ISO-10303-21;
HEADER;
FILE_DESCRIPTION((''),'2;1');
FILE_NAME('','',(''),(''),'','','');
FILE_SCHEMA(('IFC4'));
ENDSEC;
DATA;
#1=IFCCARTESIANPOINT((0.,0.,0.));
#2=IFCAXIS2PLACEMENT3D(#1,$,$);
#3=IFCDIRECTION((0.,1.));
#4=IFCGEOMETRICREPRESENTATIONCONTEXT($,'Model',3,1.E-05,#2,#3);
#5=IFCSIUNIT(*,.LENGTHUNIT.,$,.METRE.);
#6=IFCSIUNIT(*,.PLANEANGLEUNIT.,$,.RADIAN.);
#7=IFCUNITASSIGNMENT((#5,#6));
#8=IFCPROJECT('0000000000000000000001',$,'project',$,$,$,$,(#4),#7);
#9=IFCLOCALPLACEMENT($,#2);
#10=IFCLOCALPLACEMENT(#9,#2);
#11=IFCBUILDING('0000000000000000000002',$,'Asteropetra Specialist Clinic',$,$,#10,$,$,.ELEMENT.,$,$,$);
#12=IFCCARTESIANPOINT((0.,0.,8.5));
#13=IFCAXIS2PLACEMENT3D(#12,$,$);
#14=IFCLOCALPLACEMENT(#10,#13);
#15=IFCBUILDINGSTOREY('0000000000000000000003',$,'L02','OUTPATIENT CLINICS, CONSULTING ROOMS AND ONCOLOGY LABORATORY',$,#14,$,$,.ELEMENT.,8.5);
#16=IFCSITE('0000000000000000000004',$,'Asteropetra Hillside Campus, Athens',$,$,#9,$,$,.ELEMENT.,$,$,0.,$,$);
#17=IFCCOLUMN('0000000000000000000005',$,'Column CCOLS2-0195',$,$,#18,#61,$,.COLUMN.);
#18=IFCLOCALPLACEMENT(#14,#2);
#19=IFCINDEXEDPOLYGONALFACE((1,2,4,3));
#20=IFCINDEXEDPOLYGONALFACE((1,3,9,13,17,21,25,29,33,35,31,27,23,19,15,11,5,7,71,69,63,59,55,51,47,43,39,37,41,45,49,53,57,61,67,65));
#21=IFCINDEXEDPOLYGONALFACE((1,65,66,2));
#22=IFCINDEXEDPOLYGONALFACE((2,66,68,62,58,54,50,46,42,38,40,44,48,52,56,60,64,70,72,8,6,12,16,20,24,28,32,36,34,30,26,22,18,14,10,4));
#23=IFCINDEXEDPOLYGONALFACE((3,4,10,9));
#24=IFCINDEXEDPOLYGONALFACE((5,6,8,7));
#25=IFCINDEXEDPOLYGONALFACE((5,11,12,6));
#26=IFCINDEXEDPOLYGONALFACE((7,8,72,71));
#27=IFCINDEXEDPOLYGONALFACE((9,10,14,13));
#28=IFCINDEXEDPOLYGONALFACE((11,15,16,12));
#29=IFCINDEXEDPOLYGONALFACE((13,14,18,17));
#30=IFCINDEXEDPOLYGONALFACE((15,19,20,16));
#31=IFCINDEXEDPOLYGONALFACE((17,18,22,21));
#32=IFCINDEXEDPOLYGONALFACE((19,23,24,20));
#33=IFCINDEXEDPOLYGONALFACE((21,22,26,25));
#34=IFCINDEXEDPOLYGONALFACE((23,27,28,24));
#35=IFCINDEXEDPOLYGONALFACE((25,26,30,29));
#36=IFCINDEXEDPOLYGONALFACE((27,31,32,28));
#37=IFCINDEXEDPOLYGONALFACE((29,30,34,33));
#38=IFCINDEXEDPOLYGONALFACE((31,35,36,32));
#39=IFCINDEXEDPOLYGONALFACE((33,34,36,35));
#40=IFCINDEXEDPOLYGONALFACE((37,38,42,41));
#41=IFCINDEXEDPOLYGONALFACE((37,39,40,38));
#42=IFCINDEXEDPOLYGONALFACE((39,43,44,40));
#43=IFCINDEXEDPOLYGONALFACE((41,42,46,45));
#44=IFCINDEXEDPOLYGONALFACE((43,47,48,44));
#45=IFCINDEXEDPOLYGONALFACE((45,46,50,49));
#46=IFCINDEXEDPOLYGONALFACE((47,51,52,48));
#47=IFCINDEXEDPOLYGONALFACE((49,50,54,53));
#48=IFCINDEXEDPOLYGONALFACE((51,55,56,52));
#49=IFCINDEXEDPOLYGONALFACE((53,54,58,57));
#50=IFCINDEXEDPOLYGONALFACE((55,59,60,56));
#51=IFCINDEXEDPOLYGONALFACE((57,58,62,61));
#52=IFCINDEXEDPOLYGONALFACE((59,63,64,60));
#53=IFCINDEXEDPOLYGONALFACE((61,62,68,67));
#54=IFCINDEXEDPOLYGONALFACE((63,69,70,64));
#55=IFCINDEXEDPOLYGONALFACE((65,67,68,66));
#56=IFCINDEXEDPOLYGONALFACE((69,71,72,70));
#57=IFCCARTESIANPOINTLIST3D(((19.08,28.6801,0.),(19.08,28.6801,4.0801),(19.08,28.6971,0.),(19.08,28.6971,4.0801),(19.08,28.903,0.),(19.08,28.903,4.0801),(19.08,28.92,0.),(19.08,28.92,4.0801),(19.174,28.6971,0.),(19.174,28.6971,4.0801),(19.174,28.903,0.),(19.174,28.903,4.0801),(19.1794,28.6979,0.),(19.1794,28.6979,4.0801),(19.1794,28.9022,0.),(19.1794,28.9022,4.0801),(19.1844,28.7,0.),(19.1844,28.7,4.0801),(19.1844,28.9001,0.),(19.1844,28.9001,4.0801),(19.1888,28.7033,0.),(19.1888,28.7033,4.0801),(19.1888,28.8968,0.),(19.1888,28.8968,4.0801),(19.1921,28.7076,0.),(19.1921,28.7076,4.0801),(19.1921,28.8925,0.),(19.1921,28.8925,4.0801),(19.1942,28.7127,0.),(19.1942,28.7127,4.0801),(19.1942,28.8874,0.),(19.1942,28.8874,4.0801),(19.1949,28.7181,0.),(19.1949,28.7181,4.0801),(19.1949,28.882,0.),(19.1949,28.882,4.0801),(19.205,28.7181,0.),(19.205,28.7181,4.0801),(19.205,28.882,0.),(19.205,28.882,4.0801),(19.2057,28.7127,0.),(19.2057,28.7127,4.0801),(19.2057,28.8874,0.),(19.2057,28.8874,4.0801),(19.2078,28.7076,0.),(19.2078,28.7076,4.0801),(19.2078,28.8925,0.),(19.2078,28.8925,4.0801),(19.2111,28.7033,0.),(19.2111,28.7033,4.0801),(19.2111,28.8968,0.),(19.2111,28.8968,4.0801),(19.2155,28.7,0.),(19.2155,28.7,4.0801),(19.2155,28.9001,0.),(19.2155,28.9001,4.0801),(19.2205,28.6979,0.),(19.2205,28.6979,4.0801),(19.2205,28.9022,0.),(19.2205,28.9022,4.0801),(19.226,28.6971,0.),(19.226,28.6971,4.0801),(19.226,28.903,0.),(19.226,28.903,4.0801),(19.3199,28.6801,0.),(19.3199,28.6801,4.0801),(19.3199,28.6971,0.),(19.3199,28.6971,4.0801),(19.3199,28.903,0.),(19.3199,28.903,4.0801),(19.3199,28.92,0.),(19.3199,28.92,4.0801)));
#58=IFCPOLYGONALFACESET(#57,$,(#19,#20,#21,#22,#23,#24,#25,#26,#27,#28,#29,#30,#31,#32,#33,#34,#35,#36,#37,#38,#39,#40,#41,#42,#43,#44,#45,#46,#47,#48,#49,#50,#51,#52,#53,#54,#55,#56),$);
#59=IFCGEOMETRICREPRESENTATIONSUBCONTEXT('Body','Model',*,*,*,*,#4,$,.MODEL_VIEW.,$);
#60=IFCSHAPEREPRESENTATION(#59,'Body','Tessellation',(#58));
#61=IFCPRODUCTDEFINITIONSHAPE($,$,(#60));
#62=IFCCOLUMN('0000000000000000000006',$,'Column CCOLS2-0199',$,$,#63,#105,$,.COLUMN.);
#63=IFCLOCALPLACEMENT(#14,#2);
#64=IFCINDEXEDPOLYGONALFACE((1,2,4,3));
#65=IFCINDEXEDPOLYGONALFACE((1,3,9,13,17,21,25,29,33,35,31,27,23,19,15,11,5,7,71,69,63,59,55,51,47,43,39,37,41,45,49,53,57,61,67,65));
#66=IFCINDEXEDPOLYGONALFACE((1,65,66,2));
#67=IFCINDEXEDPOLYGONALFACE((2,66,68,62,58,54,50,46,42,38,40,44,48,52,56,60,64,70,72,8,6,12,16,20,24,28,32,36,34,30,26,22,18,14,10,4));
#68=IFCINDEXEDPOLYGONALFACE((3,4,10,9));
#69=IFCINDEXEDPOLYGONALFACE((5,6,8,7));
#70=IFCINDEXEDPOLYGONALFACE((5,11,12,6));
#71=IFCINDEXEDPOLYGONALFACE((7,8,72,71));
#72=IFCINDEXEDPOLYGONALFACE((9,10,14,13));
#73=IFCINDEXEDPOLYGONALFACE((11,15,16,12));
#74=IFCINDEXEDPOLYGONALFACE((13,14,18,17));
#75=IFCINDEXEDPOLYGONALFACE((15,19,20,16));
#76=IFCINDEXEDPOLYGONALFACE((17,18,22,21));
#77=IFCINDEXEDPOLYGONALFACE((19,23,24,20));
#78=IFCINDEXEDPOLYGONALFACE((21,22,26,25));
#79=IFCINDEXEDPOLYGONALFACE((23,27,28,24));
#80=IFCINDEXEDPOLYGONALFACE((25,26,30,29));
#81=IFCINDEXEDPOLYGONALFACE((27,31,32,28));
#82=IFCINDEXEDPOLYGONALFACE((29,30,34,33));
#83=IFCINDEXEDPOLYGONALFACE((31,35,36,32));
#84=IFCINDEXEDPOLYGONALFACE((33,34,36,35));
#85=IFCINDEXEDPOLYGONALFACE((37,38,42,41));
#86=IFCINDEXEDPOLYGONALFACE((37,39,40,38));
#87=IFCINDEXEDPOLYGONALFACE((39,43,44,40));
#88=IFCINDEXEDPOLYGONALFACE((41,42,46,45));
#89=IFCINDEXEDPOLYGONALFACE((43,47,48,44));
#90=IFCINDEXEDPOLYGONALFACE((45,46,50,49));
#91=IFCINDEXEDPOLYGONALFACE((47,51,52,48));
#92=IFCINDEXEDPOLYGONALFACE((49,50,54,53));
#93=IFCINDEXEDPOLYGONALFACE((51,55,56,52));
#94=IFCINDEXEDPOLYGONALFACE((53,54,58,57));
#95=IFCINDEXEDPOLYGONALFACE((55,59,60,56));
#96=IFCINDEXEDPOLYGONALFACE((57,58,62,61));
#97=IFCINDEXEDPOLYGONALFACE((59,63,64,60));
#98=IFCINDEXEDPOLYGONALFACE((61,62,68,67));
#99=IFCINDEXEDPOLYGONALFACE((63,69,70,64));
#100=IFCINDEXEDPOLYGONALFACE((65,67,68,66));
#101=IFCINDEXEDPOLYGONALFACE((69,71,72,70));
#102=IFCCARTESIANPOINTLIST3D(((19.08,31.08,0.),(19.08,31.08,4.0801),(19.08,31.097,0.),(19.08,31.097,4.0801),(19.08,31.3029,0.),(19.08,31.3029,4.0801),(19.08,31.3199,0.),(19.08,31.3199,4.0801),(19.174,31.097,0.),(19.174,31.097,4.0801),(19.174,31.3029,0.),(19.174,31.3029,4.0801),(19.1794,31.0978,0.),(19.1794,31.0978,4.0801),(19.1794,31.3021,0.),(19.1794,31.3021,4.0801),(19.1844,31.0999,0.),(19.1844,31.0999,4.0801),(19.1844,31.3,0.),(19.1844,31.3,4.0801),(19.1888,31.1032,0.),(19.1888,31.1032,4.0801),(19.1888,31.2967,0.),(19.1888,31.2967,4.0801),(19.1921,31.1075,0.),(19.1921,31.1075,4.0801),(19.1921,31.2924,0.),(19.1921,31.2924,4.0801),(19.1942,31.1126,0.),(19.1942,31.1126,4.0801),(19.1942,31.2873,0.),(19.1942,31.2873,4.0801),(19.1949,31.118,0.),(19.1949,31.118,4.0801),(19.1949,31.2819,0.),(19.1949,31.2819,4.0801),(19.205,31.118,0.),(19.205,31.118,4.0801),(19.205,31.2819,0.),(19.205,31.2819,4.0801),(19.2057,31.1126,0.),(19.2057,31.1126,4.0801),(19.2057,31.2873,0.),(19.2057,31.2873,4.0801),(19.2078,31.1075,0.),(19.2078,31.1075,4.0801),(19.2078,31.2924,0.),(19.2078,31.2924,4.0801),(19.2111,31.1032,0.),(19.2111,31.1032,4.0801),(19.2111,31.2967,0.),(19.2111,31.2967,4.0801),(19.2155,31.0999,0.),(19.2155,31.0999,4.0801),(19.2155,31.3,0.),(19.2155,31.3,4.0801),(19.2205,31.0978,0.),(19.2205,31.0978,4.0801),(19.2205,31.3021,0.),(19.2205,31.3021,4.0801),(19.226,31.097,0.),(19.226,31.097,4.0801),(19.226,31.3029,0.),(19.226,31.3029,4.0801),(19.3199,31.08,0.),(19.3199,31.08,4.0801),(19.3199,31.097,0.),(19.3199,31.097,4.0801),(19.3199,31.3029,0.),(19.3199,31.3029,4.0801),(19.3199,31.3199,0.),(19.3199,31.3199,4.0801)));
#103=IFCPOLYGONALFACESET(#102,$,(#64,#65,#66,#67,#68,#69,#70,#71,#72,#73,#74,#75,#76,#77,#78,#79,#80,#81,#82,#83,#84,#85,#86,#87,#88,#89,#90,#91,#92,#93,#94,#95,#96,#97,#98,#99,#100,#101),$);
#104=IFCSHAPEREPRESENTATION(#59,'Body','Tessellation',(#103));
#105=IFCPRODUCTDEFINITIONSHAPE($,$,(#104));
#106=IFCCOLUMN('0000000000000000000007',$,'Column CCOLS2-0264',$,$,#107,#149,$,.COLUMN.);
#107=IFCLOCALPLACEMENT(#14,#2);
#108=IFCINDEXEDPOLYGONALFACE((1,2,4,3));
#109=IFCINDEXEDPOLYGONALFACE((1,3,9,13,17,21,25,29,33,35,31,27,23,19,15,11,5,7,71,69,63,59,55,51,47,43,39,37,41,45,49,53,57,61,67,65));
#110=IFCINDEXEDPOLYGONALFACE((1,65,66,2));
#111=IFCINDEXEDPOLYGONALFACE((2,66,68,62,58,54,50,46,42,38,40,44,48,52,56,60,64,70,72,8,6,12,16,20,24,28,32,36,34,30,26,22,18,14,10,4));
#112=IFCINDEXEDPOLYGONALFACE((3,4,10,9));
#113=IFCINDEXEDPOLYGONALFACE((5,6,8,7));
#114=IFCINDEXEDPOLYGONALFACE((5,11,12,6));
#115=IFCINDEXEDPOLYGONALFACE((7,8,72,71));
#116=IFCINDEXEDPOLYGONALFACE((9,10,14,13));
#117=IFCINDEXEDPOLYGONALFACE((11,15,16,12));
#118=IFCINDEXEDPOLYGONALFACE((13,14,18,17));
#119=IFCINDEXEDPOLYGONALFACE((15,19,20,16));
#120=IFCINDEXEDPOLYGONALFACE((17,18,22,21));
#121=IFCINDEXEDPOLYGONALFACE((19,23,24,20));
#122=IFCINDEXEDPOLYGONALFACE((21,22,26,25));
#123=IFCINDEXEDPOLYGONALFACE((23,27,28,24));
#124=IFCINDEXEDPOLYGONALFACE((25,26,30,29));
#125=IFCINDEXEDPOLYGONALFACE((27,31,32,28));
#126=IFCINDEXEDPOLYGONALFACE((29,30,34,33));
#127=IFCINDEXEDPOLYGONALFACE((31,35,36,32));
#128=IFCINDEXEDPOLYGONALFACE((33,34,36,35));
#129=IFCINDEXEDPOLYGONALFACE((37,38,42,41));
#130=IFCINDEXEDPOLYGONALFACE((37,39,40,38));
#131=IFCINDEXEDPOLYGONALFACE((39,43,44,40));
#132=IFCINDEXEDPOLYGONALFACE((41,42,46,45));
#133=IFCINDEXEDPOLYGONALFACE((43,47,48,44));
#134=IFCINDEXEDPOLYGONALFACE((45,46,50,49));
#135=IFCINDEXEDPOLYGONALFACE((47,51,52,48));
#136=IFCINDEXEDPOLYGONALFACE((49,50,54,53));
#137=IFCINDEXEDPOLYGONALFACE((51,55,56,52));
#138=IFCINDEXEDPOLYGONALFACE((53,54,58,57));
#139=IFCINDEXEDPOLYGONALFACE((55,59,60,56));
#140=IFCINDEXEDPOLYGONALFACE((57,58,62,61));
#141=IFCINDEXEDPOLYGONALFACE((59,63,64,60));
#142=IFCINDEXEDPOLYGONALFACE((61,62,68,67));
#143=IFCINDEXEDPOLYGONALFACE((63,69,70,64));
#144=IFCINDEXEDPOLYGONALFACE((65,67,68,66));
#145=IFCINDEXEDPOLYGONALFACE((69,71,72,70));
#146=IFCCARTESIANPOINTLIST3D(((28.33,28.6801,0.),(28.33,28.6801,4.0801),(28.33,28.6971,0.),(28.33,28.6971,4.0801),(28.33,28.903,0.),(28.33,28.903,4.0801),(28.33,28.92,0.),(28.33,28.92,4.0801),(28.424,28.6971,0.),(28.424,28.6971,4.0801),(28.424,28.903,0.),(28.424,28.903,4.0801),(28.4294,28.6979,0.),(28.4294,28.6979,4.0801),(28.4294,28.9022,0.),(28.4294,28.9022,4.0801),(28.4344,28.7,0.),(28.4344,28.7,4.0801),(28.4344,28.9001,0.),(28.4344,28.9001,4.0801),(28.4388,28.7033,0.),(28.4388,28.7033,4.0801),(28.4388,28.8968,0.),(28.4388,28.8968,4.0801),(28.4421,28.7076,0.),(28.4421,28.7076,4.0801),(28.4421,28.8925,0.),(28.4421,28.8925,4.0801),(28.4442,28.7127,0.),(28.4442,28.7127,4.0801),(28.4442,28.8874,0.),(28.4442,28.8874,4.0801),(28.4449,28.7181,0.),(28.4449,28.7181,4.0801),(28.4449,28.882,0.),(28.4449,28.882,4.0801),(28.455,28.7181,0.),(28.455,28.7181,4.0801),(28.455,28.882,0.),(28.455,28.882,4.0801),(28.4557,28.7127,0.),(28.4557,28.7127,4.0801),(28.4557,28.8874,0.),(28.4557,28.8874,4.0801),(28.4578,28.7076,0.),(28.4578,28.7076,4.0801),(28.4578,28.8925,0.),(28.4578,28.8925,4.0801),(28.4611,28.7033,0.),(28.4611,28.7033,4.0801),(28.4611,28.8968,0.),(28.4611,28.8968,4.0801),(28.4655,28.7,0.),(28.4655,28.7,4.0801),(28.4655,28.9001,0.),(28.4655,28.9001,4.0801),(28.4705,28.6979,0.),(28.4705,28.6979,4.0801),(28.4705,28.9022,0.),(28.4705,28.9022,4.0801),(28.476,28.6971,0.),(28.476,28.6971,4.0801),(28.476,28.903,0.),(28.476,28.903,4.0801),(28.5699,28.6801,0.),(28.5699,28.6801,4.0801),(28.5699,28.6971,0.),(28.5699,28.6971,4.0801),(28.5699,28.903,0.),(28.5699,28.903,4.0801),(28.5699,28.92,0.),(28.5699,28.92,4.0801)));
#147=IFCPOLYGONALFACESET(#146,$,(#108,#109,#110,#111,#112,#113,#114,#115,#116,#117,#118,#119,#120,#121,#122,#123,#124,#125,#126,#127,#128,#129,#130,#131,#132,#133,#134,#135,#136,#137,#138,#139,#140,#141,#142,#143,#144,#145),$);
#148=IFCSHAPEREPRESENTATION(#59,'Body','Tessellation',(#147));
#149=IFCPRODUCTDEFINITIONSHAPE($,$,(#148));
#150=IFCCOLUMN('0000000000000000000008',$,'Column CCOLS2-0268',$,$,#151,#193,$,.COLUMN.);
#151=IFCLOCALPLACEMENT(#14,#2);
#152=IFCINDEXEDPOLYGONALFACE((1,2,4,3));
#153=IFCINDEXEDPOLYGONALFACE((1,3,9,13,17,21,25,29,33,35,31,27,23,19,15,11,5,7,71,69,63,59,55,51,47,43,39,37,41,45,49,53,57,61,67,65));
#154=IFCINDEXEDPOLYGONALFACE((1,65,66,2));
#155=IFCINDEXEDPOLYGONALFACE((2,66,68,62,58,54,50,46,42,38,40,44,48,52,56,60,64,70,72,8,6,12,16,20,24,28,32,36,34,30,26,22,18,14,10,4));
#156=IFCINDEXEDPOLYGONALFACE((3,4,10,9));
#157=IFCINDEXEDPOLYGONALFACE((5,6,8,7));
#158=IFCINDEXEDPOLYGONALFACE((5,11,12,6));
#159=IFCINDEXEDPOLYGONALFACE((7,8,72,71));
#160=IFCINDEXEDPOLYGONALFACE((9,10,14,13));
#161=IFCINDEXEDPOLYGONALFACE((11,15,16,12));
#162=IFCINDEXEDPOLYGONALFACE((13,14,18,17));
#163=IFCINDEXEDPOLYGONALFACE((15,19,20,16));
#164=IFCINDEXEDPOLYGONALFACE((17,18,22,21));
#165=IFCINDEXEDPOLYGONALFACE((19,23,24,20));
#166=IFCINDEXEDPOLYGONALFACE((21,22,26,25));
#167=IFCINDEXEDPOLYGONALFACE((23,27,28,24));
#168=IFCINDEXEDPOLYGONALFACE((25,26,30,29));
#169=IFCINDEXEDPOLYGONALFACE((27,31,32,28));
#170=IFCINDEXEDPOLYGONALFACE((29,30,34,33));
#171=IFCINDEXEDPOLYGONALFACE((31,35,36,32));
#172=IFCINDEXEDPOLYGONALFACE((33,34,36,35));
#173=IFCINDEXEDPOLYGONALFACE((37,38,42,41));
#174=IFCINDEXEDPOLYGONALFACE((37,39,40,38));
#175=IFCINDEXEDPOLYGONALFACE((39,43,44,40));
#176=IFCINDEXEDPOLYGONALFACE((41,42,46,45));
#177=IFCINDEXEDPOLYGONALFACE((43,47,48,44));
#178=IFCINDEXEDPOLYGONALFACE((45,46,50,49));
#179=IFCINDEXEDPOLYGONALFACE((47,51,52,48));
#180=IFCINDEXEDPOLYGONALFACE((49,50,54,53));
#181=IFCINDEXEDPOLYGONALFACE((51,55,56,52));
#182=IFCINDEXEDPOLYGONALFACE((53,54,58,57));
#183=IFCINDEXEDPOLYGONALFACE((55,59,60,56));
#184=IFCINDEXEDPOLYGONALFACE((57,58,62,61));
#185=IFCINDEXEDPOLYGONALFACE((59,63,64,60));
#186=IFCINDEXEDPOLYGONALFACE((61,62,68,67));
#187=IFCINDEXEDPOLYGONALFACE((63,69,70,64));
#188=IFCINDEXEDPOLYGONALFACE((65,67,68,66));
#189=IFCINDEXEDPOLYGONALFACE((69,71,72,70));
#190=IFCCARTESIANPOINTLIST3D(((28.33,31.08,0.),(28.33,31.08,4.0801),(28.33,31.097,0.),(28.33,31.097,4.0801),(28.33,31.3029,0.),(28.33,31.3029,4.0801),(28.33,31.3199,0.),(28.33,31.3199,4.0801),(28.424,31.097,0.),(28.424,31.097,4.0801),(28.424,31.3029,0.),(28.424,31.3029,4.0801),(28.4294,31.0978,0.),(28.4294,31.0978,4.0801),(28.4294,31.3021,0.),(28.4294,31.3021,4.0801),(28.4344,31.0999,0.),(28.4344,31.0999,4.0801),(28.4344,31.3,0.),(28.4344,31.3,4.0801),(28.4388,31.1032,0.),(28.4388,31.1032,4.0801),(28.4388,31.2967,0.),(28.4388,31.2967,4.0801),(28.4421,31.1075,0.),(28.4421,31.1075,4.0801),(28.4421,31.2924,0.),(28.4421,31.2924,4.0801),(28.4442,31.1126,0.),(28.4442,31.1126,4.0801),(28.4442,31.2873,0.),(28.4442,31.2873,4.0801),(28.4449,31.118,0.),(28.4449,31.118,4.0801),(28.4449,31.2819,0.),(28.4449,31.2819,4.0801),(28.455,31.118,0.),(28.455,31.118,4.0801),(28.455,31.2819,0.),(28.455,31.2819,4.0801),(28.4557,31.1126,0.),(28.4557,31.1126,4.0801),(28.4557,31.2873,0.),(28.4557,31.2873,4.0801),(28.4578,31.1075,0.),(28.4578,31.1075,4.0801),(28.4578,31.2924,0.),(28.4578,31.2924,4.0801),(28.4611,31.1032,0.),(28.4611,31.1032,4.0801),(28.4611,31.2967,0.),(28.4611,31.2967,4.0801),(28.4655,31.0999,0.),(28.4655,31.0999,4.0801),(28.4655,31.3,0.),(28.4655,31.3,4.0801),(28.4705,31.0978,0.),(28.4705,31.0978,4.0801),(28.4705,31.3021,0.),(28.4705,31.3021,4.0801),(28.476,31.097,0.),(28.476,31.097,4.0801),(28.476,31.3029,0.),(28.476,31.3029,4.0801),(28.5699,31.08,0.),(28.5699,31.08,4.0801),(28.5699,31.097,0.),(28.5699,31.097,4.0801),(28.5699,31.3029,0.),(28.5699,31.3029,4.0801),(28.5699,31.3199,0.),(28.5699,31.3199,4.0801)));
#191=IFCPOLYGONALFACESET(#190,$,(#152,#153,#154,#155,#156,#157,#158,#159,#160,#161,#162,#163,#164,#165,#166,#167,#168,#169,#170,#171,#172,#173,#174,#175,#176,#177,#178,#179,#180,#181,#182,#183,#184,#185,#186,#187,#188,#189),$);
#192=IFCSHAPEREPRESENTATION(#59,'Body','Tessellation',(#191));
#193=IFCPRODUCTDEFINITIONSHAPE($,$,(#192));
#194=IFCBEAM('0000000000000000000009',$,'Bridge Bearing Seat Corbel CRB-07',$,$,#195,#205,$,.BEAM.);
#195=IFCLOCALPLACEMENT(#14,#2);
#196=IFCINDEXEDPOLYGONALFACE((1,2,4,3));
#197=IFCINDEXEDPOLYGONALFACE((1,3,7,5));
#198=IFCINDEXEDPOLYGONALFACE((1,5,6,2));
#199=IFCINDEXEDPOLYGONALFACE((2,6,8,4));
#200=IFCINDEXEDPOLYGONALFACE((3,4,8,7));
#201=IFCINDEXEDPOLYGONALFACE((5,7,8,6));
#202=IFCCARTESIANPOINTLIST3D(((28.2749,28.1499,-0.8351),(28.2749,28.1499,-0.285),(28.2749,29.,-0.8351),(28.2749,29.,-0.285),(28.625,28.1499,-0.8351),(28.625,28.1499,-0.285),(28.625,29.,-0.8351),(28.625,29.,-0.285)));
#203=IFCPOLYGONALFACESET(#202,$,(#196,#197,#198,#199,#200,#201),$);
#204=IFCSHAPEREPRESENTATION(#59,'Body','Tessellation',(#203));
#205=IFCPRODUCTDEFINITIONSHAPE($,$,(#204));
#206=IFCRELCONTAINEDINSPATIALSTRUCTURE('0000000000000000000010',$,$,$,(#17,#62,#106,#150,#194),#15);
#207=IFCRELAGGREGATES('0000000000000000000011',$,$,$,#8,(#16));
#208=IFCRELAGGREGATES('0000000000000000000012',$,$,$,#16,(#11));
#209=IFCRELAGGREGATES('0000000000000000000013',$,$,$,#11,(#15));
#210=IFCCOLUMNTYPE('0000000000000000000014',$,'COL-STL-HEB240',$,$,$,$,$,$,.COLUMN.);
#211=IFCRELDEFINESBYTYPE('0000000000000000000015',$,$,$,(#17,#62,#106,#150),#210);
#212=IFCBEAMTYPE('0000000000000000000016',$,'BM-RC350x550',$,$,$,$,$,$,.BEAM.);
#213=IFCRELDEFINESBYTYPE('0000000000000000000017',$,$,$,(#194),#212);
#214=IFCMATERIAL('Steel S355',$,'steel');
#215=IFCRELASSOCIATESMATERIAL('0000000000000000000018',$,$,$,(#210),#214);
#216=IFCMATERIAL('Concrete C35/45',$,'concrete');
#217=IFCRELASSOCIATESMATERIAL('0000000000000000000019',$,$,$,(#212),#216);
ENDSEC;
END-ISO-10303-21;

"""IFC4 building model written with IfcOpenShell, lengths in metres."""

from ifc_helpers import new_model, si_unit, direction, frame, origin, origin_2d, place, context, subcontext, project, spatial, rectangle, i_section, extrude, material, material_profile, profile_set, type_object, element, save


model = new_model("IFC4")

# Units and contexts
model_context = context("Model", 3, precision=1e-05, world=origin(), true_north=direction((0.0, 1.0)))
body_context = subcontext(model_context, "Body", "Model", "MODEL_VIEW")
ifc_project = project(units=[si_unit("LENGTHUNIT", "METRE"), si_unit("PLANEANGLEUNIT", "RADIAN")], contexts=[model_context])

# Site, building, storey
site_placement = place(None, origin())
site = spatial("IfcSite", under=ifc_project, at=site_placement, Name="Asteropetra Hillside Campus, Athens", CompositionType="ELEMENT", RefElevation=0.0)
building_placement = place(site_placement, origin())
building = spatial("IfcBuilding", under=site, at=building_placement, Name="Asteropetra Specialist Clinic", CompositionType="ELEMENT")
storey_placement = place(building_placement, frame((0.0, 0.0, 8.5)))
storey = spatial("IfcBuildingStorey", under=building, at=storey_placement, Name="L02", Description="OUTPATIENT CLINICS, CONSULTING ROOMS AND ONCOLOGY LABORATORY", CompositionType="ELEMENT", Elevation=8.5)

# Columns
ifc_material_1 = material(Name="Steel S355", Category="steel")
ifc_material_profile_1 = material_profile(ifc_material_1, i_section(OverallWidth=0.24, OverallDepth=0.24, WebThickness=0.01, FlangeThickness=0.0171, FilletRadius=0.021, at=origin_2d()), Name="HEB 240")
ifc_profile_set_1 = profile_set([ifc_material_profile_1], Name="Steel S355")
column_type = type_object("IfcColumnType", Name="COL-STL-HEB240", PredefinedType="COLUMN", material=ifc_profile_set_1)
for number, where, z_axis, x_axis, name in (
    (1, (19.2, 28.8, 0.0), (0.0, 0.0, 1.0), (1.0, 0.0, 0.0), "Column CCOLS2-0195"),
    (2, (19.2, 31.2, 0.0), (0.0, 0.0, 1.0), (1.0, 0.0, 0.0), "Column CCOLS2-0199"),
    (3, (28.45, 28.8, 0.0), (0.0, 0.0, 1.0), (1.0, 0.0, 0.0), "Column CCOLS2-0264"),
    (4, (28.45, 31.2, 0.0), (0.0, 0.0, 1.0), (1.0, 0.0, 0.0), "Column CCOLS2-0268"),
):
    element("IfcColumn", number, at=place(storey_placement, frame(where, z_axis=z_axis, x_axis=x_axis)), inside=storey, type_object=column_type, Name=name, PredefinedType="COLUMN", context=body_context, shape_type="SweptSolid", body=[
        extrude(i_section(OverallWidth=0.24, OverallDepth=0.24, WebThickness=0.01, FlangeThickness=0.0171, FilletRadius=0.021, at=origin_2d()), origin(), (0.0, 0.0, 1.0), 4.0801),
    ])

# Beam
ifc_material_2 = material(Name="Concrete C35/45", Category="concrete")
ifc_material_profile_2 = material_profile(ifc_material_2, rectangle(XDim=0.3501, YDim=0.55, at=origin_2d()), Name="RCB 350x550")
ifc_profile_set_2 = profile_set([ifc_material_profile_2], Name="Concrete C35/45")
beam_type_1 = type_object("IfcBeamType", Name="BM-RC350x550", PredefinedType="BEAM", material=ifc_profile_set_2)
for number, where, z_axis, x_axis, name in (
    (5, (28.45, 29.0, -0.5601), (0.0, -1.0, 0.0), (1.0, 0.0, 0.0), "Bridge Bearing Seat Corbel CRB-07"),
):
    element("IfcBeam", number, at=place(storey_placement, frame(where, z_axis=z_axis, x_axis=x_axis)), inside=storey, type_object=beam_type_1, Name=name, PredefinedType="BEAM", context=body_context, shape_type="SweptSolid", body=[
        extrude(rectangle(XDim=0.3501, YDim=0.55, at=origin_2d()), origin(), (0.0, 0.0, 1.0), 0.8501),
    ])

save(model, "model.ifc")
